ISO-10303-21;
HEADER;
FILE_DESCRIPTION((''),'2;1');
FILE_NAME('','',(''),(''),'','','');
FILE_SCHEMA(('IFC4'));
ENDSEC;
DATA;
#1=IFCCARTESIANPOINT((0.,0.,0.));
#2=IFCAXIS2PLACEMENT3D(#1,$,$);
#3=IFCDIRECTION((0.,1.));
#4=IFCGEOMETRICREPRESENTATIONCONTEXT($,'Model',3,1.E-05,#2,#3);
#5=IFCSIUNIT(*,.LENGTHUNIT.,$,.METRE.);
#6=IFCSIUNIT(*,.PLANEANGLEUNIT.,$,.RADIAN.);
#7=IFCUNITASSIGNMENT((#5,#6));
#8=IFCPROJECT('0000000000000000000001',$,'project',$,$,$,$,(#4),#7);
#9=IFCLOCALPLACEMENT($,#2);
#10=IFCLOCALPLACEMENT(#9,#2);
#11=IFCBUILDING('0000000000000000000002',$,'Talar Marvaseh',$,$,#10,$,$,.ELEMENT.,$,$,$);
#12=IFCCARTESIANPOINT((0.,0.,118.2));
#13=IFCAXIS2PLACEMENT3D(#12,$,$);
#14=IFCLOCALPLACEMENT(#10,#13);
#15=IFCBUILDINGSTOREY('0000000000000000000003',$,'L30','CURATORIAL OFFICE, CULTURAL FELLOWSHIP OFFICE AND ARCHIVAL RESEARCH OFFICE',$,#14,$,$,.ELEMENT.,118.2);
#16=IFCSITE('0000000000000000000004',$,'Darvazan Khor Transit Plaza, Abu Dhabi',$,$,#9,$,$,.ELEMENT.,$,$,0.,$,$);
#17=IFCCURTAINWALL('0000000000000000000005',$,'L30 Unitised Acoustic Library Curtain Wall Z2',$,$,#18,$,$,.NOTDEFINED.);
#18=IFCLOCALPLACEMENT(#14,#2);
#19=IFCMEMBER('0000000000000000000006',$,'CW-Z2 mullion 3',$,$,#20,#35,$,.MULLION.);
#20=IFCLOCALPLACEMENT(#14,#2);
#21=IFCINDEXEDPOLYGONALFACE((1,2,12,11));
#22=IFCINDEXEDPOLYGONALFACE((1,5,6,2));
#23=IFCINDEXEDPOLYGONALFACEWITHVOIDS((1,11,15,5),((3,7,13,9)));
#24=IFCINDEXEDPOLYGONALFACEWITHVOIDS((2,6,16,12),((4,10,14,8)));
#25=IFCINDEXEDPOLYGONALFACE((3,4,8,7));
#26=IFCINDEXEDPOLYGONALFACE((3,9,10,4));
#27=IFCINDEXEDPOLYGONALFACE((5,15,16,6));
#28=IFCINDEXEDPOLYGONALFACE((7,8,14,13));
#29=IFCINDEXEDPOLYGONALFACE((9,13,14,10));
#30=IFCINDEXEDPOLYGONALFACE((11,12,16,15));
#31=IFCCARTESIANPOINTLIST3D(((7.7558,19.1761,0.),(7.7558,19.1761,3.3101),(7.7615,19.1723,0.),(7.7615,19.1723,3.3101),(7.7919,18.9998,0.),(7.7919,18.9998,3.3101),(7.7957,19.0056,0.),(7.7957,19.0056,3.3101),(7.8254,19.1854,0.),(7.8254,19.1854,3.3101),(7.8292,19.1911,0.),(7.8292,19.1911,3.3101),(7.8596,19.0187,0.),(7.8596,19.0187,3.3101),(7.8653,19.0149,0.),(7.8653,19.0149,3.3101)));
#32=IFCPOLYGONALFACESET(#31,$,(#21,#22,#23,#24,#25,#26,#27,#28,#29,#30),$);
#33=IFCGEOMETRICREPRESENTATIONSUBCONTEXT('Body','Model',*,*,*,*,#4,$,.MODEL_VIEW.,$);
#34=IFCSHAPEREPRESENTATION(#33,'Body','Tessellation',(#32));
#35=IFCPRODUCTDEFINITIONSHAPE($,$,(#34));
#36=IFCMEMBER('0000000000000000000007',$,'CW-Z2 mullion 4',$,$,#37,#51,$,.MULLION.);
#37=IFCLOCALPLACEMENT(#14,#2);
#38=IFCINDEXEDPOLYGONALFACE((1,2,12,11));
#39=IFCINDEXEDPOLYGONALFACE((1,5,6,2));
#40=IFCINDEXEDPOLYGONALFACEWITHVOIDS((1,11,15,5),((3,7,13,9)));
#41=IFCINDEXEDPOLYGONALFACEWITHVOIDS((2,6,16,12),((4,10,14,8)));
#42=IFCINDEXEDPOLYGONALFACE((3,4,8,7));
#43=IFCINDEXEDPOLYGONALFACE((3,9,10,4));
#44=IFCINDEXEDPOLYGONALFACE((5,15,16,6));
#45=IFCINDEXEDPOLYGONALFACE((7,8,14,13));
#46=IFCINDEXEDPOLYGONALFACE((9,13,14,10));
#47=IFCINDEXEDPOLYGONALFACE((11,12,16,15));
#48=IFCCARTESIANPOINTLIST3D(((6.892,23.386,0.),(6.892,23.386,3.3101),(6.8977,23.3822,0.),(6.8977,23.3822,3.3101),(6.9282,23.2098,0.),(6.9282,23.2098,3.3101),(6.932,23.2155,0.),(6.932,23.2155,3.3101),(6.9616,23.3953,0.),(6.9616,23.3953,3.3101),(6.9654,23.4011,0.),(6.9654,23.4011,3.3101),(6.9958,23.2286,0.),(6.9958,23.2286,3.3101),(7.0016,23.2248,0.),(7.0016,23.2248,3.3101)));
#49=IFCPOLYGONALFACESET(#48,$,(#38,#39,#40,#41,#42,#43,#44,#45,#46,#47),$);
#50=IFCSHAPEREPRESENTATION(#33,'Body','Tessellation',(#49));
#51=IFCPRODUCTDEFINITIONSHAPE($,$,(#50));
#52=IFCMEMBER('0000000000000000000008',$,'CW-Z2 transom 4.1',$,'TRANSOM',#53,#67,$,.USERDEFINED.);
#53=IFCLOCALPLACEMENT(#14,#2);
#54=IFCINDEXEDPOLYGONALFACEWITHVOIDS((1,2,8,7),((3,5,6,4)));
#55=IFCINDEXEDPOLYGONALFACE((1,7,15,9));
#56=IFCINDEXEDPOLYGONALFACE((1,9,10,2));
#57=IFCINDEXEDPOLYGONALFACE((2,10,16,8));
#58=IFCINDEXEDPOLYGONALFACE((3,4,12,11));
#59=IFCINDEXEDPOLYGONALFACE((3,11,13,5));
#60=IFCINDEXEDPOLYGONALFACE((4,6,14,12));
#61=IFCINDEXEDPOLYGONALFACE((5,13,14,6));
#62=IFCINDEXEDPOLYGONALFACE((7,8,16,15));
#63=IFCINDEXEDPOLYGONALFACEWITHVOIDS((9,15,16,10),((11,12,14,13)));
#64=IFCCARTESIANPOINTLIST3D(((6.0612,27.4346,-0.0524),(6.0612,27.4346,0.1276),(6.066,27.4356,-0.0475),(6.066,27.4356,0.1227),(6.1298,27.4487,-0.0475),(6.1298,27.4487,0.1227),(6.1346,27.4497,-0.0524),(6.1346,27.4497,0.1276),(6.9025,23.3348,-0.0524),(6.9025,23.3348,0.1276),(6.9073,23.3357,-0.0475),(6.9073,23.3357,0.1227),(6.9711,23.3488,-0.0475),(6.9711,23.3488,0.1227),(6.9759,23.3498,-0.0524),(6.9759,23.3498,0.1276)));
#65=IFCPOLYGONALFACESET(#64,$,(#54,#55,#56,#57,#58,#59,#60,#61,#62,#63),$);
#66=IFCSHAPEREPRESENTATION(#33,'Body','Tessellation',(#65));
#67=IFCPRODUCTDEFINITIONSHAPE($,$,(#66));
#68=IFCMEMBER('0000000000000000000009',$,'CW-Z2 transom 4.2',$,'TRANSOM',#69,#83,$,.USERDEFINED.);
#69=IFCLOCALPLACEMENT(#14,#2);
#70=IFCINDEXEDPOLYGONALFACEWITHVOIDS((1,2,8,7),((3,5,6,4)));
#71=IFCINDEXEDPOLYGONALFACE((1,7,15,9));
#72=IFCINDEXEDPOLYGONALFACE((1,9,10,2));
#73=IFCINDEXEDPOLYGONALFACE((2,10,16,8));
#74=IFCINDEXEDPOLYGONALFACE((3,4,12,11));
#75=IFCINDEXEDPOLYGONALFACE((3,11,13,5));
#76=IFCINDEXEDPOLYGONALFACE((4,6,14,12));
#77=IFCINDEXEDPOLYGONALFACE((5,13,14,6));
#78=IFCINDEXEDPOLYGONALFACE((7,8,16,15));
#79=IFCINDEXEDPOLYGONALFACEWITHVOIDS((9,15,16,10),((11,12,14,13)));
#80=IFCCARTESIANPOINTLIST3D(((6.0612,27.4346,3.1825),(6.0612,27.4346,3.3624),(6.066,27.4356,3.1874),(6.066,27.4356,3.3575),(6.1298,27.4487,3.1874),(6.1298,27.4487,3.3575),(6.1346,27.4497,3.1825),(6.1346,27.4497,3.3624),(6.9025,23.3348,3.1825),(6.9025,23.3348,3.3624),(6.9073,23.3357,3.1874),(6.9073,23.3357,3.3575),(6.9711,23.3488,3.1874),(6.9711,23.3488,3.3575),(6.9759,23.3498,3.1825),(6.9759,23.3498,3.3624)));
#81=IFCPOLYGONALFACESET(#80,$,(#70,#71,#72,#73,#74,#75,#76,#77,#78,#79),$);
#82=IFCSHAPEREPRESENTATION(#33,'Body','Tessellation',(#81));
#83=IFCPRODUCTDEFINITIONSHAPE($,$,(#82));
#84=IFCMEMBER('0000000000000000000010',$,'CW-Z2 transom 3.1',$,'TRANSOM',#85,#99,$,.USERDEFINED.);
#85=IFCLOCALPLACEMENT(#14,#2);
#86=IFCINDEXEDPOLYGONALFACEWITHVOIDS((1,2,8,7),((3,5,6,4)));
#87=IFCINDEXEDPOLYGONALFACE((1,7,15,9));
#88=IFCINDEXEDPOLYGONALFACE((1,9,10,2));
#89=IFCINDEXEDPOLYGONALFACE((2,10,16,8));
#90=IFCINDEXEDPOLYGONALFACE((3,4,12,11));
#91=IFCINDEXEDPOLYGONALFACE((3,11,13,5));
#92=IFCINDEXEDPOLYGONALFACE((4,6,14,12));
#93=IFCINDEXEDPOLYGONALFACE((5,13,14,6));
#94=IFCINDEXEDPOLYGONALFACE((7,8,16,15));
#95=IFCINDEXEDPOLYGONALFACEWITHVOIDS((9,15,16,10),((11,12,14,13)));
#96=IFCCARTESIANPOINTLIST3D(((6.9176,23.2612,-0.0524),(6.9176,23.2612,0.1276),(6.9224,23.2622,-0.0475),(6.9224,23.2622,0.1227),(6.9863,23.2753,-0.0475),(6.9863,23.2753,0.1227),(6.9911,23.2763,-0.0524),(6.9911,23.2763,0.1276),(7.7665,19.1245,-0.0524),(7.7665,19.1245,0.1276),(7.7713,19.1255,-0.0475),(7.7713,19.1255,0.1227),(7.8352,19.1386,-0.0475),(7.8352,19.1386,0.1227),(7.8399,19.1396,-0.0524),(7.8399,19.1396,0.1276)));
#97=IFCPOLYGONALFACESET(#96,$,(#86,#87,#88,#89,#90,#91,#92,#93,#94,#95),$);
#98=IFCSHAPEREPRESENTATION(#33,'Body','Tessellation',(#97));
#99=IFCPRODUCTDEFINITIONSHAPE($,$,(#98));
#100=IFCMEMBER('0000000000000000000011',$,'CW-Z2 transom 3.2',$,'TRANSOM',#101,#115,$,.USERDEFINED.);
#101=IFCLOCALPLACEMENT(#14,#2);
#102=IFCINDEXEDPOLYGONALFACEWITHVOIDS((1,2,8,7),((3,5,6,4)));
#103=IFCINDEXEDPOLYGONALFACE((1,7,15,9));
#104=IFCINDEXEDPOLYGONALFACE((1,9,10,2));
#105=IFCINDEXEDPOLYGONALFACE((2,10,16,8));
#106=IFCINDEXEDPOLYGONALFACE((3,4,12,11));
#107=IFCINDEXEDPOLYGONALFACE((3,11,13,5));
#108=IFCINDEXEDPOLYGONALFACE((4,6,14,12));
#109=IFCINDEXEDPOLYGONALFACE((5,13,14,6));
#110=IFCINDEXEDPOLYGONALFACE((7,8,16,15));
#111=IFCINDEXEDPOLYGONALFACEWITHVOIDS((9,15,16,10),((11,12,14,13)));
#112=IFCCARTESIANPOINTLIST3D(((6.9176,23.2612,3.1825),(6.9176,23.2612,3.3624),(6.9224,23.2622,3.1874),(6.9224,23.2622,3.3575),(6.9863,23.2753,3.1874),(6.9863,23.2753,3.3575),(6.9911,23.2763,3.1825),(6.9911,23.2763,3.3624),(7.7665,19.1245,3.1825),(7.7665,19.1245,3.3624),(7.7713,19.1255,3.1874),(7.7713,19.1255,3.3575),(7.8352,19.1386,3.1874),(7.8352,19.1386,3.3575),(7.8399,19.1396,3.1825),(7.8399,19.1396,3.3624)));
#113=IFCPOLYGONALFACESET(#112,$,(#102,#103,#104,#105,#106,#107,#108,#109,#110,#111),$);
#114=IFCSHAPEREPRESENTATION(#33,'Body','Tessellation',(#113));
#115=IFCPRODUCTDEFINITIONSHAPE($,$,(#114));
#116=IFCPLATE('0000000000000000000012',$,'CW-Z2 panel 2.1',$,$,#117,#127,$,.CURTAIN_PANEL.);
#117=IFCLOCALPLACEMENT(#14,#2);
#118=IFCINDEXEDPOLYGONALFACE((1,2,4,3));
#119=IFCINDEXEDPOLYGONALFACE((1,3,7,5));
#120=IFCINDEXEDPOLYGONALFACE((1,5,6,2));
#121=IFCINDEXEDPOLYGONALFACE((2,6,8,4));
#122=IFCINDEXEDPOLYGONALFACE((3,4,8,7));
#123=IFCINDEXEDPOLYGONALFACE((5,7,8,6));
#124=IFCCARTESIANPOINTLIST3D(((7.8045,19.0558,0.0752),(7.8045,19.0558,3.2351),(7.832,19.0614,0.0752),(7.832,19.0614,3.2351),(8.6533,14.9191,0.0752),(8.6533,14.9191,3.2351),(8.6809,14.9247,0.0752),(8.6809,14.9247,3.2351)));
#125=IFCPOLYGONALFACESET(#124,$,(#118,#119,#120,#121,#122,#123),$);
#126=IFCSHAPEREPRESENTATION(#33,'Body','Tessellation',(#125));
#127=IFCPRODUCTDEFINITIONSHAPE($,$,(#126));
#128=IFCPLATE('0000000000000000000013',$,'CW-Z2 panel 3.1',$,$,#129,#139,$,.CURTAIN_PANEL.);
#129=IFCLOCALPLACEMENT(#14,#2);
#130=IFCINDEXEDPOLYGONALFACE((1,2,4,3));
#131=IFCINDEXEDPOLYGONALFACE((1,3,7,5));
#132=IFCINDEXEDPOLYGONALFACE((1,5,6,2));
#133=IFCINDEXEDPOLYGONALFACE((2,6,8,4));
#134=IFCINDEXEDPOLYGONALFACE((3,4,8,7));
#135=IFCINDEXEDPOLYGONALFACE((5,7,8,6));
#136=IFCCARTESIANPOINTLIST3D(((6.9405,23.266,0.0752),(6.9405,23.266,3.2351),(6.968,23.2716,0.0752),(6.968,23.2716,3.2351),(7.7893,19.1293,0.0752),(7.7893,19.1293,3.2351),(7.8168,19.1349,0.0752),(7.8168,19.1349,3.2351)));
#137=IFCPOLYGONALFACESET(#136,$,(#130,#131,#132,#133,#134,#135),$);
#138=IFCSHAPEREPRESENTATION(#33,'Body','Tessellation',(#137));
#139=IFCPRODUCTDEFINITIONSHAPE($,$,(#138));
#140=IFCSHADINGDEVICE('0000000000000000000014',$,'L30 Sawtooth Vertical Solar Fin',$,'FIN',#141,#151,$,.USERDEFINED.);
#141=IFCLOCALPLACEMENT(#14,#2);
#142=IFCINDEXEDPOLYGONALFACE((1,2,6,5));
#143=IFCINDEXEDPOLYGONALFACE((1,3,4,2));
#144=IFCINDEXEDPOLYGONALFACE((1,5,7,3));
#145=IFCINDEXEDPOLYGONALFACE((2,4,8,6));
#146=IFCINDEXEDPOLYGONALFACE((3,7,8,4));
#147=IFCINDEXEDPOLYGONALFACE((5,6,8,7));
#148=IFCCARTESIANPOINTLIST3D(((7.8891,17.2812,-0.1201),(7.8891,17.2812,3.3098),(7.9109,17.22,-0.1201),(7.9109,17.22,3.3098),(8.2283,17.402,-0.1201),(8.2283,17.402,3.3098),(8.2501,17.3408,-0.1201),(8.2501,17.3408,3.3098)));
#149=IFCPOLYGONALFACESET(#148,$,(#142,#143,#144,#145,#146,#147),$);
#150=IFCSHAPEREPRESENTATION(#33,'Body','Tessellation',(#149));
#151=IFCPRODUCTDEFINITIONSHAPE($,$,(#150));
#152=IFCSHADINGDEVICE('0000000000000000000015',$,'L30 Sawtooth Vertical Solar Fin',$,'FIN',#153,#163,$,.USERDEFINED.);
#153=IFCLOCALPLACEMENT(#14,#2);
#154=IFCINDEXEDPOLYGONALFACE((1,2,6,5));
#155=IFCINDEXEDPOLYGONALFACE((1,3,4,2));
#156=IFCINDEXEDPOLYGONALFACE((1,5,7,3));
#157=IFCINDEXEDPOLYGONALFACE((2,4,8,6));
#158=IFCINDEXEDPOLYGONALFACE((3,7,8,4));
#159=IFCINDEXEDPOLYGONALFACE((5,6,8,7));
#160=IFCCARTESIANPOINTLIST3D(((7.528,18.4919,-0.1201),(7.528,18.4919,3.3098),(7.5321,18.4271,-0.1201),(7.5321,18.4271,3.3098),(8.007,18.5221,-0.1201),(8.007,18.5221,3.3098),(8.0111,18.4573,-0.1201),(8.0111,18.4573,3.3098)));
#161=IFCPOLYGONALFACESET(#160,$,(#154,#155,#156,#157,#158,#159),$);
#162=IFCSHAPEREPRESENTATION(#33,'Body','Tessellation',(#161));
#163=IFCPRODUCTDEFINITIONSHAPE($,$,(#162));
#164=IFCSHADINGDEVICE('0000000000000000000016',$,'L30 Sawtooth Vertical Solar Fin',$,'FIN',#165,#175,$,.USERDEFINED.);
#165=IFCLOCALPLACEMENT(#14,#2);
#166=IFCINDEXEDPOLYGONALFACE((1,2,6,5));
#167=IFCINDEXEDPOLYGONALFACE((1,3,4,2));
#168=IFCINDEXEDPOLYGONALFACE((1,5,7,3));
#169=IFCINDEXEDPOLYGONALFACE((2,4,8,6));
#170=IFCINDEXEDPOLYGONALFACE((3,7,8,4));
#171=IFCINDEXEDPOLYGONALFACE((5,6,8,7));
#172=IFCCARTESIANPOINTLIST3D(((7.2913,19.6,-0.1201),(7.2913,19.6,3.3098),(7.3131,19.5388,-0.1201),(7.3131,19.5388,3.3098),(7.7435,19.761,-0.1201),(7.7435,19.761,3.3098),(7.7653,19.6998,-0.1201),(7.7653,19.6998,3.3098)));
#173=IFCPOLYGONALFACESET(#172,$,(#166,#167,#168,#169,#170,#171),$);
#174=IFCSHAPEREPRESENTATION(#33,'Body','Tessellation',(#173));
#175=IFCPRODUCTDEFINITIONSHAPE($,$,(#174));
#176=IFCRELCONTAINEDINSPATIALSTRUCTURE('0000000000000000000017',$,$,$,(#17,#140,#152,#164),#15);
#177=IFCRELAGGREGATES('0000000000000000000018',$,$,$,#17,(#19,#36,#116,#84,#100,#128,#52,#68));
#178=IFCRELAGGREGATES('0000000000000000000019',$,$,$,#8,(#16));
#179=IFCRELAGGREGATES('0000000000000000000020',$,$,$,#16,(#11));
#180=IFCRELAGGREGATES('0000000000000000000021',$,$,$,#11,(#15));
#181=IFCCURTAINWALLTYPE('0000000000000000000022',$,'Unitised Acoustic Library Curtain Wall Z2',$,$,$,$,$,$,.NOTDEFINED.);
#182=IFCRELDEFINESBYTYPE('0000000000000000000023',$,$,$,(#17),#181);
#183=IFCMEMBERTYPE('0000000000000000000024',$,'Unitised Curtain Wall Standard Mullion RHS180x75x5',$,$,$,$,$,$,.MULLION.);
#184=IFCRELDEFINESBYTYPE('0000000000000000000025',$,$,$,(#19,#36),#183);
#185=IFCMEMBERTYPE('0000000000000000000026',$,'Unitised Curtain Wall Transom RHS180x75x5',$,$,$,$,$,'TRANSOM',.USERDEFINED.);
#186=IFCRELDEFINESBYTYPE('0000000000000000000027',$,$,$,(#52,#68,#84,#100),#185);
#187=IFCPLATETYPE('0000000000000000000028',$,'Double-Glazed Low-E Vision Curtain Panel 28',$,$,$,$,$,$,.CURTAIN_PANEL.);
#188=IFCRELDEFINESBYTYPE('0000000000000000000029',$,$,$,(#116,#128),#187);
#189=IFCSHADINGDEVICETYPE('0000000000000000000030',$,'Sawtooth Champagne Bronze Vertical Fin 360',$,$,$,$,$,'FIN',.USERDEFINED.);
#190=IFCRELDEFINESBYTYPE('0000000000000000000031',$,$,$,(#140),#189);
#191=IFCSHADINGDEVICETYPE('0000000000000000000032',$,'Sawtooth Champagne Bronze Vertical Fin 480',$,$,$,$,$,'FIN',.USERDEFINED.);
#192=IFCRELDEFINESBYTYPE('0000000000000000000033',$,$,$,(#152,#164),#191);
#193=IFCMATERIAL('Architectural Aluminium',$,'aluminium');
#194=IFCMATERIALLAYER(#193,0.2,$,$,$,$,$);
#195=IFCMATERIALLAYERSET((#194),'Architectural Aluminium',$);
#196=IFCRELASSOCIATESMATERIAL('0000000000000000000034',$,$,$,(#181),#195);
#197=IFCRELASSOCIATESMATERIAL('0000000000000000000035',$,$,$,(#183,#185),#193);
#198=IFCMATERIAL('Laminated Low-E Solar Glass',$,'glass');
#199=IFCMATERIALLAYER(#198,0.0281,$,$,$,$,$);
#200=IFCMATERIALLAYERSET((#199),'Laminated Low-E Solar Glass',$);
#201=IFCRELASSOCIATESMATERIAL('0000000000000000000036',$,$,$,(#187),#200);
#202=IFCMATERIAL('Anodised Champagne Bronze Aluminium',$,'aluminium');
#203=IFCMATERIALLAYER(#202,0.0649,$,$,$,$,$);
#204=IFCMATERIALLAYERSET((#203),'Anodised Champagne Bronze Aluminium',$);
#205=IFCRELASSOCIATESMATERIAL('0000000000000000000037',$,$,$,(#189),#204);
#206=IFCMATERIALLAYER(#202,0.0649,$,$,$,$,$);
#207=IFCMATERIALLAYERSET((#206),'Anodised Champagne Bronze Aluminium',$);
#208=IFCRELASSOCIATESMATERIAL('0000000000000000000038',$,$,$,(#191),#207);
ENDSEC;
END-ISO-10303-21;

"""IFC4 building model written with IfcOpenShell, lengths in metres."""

from ifc_helpers import new_model, si_unit, direction, frame, origin, origin_2d, place, context, subcontext, project, spatial, rectangle, hollow_rectangle, extrude, source, transform, mapped, material, layer, layer_set, material_profile, profile_set, type_object, type_shapes, element, aggregate, save


model = new_model("IFC4")

# Units and contexts
model_context = context("Model", 3, precision=1e-05, world=origin(), true_north=direction((0.0, 1.0)))
body_context = subcontext(model_context, "Body", "Model", "MODEL_VIEW")
ifc_project = project(units=[si_unit("LENGTHUNIT", "METRE"), si_unit("PLANEANGLEUNIT", "RADIAN")], contexts=[model_context])

# Site, building, storey
site_placement = place(None, origin())
site = spatial("IfcSite", under=ifc_project, at=site_placement, Name="Darvazan Khor Transit Plaza, Abu Dhabi", CompositionType="ELEMENT", RefElevation=0.0)
building_placement = place(site_placement, origin())
building = spatial("IfcBuilding", under=site, at=building_placement, Name="Talar Marvaseh", CompositionType="ELEMENT")
storey_placement = place(building_placement, frame((0.0, 0.0, 118.2)))
storey = spatial("IfcBuildingStorey", under=building, at=storey_placement, Name="L30", Description="CURATORIAL OFFICE, CULTURAL FELLOWSHIP OFFICE AND ARCHIVAL RESEARCH OFFICE", CompositionType="ELEMENT", Elevation=118.2)

# Curtain wall, members, plates
ifc_material_1 = material(Name="Architectural Aluminium", Category="aluminium")
ifc_layer_1 = layer(ifc_material_1, 0.2)
ifc_layer_set_1 = layer_set([ifc_layer_1], Name="Architectural Aluminium")
curtain_wall_type = type_object("IfcCurtainWallType", Name="Unitised Acoustic Library Curtain Wall Z2", PredefinedType="NOTDEFINED", material=ifc_layer_set_1)
curtain_wall_placement = place(storey_placement, origin())
curtain_wall = element("IfcCurtainWall", 1, at=curtain_wall_placement, inside=storey, type_object=curtain_wall_type, Name="L30 Unitised Acoustic Library Curtain Wall Z2", PredefinedType="NOTDEFINED")
ifc_material_profile_1 = material_profile(ifc_material_1, hollow_rectangle(XDim=0.075, YDim=0.1799, WallThickness=0.0049, at=origin_2d()), Name="RHS180x75x5")
ifc_profile_set_1 = profile_set([ifc_material_profile_1], Name="Architectural Aluminium")
member_type_1 = type_object("IfcMemberType", Name="Unitised Curtain Wall Standard Mullion RHS180x75x5", PredefinedType="MULLION", material=ifc_profile_set_1)
shared_shape_1 = source(origin(), body_context, "Body", "SweptSolid", [
    extrude(hollow_rectangle(XDim=0.075, YDim=0.1799, WallThickness=0.0049, at=origin_2d()), origin(), (0.0, 0.0, 1.0), 3.3101),
])
type_shapes(member_type_1, [shared_shape_1])
member_1_placement = place(storey_placement, frame((7.8105, 19.0955, 0.0), z_axis=(0.0, 0.0, 1.0), x_axis=(-0.979589, -0.201011, 0.0)))
member_1 = element("IfcMember", 2, at=member_1_placement, type_object=member_type_1, Name="CW-Z2 mullion 3", PredefinedType="MULLION", context=body_context, shape_type="MappedRepresentation", body=[
    mapped(shared_shape_1, transform((0.0, 0.0, 0.0), x_axis=(1.0, 0.0, 0.0), y_axis=(0.0, 1.0, 0.0), z_axis=(0.0, 0.0, 1.0), scale=1.0)),
])
member_2_placement = place(storey_placement, frame((6.9468, 23.3054, 0.0), z_axis=(0.0, 0.0, 1.0), x_axis=(-0.979589, -0.201011, 0.0)))
member_2 = element("IfcMember", 3, at=member_2_placement, type_object=member_type_1, Name="CW-Z2 mullion 4", PredefinedType="MULLION", context=body_context, shape_type="MappedRepresentation", body=[
    mapped(shared_shape_1, transform((0.0, 0.0, 0.0), x_axis=(1.0, 0.0, 0.0), y_axis=(0.0, 1.0, 0.0), z_axis=(0.0, 0.0, 1.0), scale=1.0)),
])
ifc_material_profile_2 = material_profile(ifc_material_1, hollow_rectangle(XDim=0.075, YDim=0.1799, WallThickness=0.0049, at=origin_2d()), Name="RHS180x75x5")
ifc_profile_set_2 = profile_set([ifc_material_profile_2], Name="Architectural Aluminium")
member_type_2 = type_object("IfcMemberType", Name="Unitised Curtain Wall Transom RHS180x75x5", ElementType="TRANSOM", PredefinedType="USERDEFINED", material=ifc_profile_set_2)
shared_shape_2 = source(origin(), body_context, "Body", "SweptSolid", [
    extrude(hollow_rectangle(XDim=0.075, YDim=0.1799, WallThickness=0.0049, at=origin_2d()), origin(), (0.0, 0.0, 1.0), 4.1853),
])
member_3_placement = place(storey_placement, frame((6.9392, 23.3423, 0.0376), z_axis=(-0.201016, 0.979588, 0.0), x_axis=(-0.979588, -0.201016, 0.0)))
member_3 = element("IfcMember", 4, at=member_3_placement, type_object=member_type_2, Name="CW-Z2 transom 4.1", ObjectType="TRANSOM", PredefinedType="USERDEFINED", context=body_context, shape_type="MappedRepresentation", body=[
    mapped(shared_shape_2, transform((0.0, 0.0, 0.0), x_axis=(1.0, 0.0, 0.0), y_axis=(0.0, 1.0, 0.0), z_axis=(0.0, 0.0, 1.0), scale=1.0)),
])
member_4_placement = place(storey_placement, frame((6.9392, 23.3423, 3.2725), z_axis=(-0.201016, 0.979588, 0.0), x_axis=(-0.979588, -0.201016, 0.0)))
member_4 = element("IfcMember", 5, at=member_4_placement, type_object=member_type_2, Name="CW-Z2 transom 4.2", ObjectType="TRANSOM", PredefinedType="USERDEFINED", context=body_context, shape_type="MappedRepresentation", body=[
    mapped(shared_shape_2, transform((0.0, 0.0, 0.0), x_axis=(1.0, 0.0, 0.0), y_axis=(0.0, 1.0, 0.0), z_axis=(0.0, 0.0, 1.0), scale=1.0)),
])
shared_shape_3 = source(origin(), body_context, "Body", "SweptSolid", [
    extrude(hollow_rectangle(XDim=0.075, YDim=0.1799, WallThickness=0.0049, at=origin_2d()), origin(), (0.0, 0.0, 1.0), 4.2229),
])
type_shapes(member_type_2, [shared_shape_2, shared_shape_3])
member_5_placement = place(storey_placement, frame((7.8032, 19.1321, 0.0376), z_axis=(-0.201017, 0.979588, 0.0), x_axis=(-0.979588, -0.201017, 0.0)))
member_5 = element("IfcMember", 6, at=member_5_placement, type_object=member_type_2, Name="CW-Z2 transom 3.1", ObjectType="TRANSOM", PredefinedType="USERDEFINED", context=body_context, shape_type="MappedRepresentation", body=[
    mapped(shared_shape_3, transform((0.0, 0.0, 0.0), x_axis=(1.0, 0.0, 0.0), y_axis=(0.0, 1.0, 0.0), z_axis=(0.0, 0.0, 1.0), scale=1.0)),
])
member_6_placement = place(storey_placement, frame((7.8032, 19.1321, 3.2725), z_axis=(-0.201017, 0.979588, 0.0), x_axis=(-0.979588, -0.201017, 0.0)))
member_6 = element("IfcMember", 7, at=member_6_placement, type_object=member_type_2, Name="CW-Z2 transom 3.2", ObjectType="TRANSOM", PredefinedType="USERDEFINED", context=body_context, shape_type="MappedRepresentation", body=[
    mapped(shared_shape_3, transform((0.0, 0.0, 0.0), x_axis=(1.0, 0.0, 0.0), y_axis=(0.0, 1.0, 0.0), z_axis=(0.0, 0.0, 1.0), scale=1.0)),
])
ifc_material_2 = material(Name="Laminated Low-E Solar Glass", Category="glass")
ifc_layer_2 = layer(ifc_material_2, 0.0281)
ifc_layer_set_2 = layer_set([ifc_layer_2], Name="Laminated Low-E Solar Glass")
plate_type = type_object("IfcPlateType", Name="Double-Glazed Low-E Vision Curtain Panel 28", PredefinedType="CURTAIN_PANEL", material=ifc_layer_set_2)
shared_shape_4 = source(origin(), body_context, "Body", "SweptSolid", [
    extrude(rectangle(XDim=4.2229, YDim=0.0281, at=origin_2d()), origin(), (0.0, 0.0, 1.0), 3.1599),
])
type_shapes(plate_type, [shared_shape_4])
plate_1_placement = place(storey_placement, frame((8.2427, 16.9902, 0.0752), z_axis=(0.0, 0.0, 1.0), x_axis=(-0.201011, 0.979589, 0.0)))
plate_1 = element("IfcPlate", 8, at=plate_1_placement, type_object=plate_type, Name="CW-Z2 panel 2.1", PredefinedType="CURTAIN_PANEL", context=body_context, shape_type="MappedRepresentation", body=[
    mapped(shared_shape_4, transform((0.0, 0.0, 0.0), x_axis=(1.0, 0.0, 0.0), y_axis=(0.0, 1.0, 0.0), z_axis=(0.0, 0.0, 1.0), scale=1.0)),
])
plate_2_placement = place(storey_placement, frame((7.3787, 21.2004, 0.0752), z_axis=(0.0, 0.0, 1.0), x_axis=(-0.201011, 0.979589, 0.0)))
plate_2 = element("IfcPlate", 9, at=plate_2_placement, type_object=plate_type, Name="CW-Z2 panel 3.1", PredefinedType="CURTAIN_PANEL", context=body_context, shape_type="MappedRepresentation", body=[
    mapped(shared_shape_4, transform((0.0, 0.0, 0.0), x_axis=(1.0, 0.0, 0.0), y_axis=(0.0, 1.0, 0.0), z_axis=(0.0, 0.0, 1.0), scale=1.0)),
])
aggregate(curtain_wall, [member_1, member_2, plate_1, member_5, member_6, plate_2, member_3, member_4])

# Shading devices
ifc_material_3 = material(Name="Anodised Champagne Bronze Aluminium", Category="aluminium")
ifc_layer_3 = layer(ifc_material_3, 0.0649)
ifc_layer_set_3 = layer_set([ifc_layer_3], Name="Anodised Champagne Bronze Aluminium")
shading_device_type_1 = type_object("IfcShadingDeviceType", Name="Sawtooth Champagne Bronze Vertical Fin 360", ElementType="FIN", PredefinedType="USERDEFINED", material=ifc_layer_set_3)
shared_shape_5 = source(origin(), body_context, "Body", "SweptSolid", [
    extrude(rectangle(XDim=0.3601, YDim=0.0649, at=origin_2d()), origin(), (0.0, 0.0, 1.0), 3.4299),
])
type_shapes(shading_device_type_1, [shared_shape_5])
shading_device_placement = place(storey_placement, frame((8.0696, 17.311, -0.1201), z_axis=(0.0, 0.0, 1.0), x_axis=(-0.942057, -0.335452, 0.0)))
element("IfcShadingDevice", 10, at=shading_device_placement, inside=storey, type_object=shading_device_type_1, Name="L30 Sawtooth Vertical Solar Fin", ObjectType="FIN", PredefinedType="USERDEFINED", context=body_context, shape_type="MappedRepresentation", body=[
    mapped(shared_shape_5, transform((0.0, 0.0, 0.0), x_axis=(1.0, 0.0, 0.0), y_axis=(0.0, 1.0, 0.0), z_axis=(0.0, 0.0, 1.0), scale=1.0)),
])
ifc_layer_4 = layer(ifc_material_3, 0.0649)
ifc_layer_set_4 = layer_set([ifc_layer_4], Name="Anodised Champagne Bronze Aluminium")
shading_device_type_2 = type_object("IfcShadingDeviceType", Name="Sawtooth Champagne Bronze Vertical Fin 480", ElementType="FIN", PredefinedType="USERDEFINED", material=ifc_layer_set_4)
shared_shape_6 = source(origin(), body_context, "Body", "SweptSolid", [
    extrude(rectangle(XDim=0.48, YDim=0.0649, at=origin_2d()), origin(), (0.0, 0.0, 1.0), 3.4299),
])
type_shapes(shading_device_type_2, [shared_shape_6])
for number, where, z_axis, x_axis, name in (
    (11, (7.7695, 18.4746, -0.1201), (0.0, 0.0, 1.0), (-0.998027, -0.062791, 0.0), "L30 Sawtooth Vertical Solar Fin"),
    (12, (7.5283, 19.6499, -0.1201), (0.0, 0.0, 1.0), (-0.942057, -0.335452, 0.0), "L30 Sawtooth Vertical Solar Fin"),
):
    element("IfcShadingDevice", number, at=place(storey_placement, frame(where, z_axis=z_axis, x_axis=x_axis)), inside=storey, type_object=shading_device_type_2, Name=name, ObjectType="FIN", PredefinedType="USERDEFINED", context=body_context, shape_type="MappedRepresentation", body=[
        mapped(shared_shape_6, transform((0.0, 0.0, 0.0), x_axis=(1.0, 0.0, 0.0), y_axis=(0.0, 1.0, 0.0), z_axis=(0.0, 0.0, 1.0), scale=1.0)),
    ])

save(model, "model.ifc")
